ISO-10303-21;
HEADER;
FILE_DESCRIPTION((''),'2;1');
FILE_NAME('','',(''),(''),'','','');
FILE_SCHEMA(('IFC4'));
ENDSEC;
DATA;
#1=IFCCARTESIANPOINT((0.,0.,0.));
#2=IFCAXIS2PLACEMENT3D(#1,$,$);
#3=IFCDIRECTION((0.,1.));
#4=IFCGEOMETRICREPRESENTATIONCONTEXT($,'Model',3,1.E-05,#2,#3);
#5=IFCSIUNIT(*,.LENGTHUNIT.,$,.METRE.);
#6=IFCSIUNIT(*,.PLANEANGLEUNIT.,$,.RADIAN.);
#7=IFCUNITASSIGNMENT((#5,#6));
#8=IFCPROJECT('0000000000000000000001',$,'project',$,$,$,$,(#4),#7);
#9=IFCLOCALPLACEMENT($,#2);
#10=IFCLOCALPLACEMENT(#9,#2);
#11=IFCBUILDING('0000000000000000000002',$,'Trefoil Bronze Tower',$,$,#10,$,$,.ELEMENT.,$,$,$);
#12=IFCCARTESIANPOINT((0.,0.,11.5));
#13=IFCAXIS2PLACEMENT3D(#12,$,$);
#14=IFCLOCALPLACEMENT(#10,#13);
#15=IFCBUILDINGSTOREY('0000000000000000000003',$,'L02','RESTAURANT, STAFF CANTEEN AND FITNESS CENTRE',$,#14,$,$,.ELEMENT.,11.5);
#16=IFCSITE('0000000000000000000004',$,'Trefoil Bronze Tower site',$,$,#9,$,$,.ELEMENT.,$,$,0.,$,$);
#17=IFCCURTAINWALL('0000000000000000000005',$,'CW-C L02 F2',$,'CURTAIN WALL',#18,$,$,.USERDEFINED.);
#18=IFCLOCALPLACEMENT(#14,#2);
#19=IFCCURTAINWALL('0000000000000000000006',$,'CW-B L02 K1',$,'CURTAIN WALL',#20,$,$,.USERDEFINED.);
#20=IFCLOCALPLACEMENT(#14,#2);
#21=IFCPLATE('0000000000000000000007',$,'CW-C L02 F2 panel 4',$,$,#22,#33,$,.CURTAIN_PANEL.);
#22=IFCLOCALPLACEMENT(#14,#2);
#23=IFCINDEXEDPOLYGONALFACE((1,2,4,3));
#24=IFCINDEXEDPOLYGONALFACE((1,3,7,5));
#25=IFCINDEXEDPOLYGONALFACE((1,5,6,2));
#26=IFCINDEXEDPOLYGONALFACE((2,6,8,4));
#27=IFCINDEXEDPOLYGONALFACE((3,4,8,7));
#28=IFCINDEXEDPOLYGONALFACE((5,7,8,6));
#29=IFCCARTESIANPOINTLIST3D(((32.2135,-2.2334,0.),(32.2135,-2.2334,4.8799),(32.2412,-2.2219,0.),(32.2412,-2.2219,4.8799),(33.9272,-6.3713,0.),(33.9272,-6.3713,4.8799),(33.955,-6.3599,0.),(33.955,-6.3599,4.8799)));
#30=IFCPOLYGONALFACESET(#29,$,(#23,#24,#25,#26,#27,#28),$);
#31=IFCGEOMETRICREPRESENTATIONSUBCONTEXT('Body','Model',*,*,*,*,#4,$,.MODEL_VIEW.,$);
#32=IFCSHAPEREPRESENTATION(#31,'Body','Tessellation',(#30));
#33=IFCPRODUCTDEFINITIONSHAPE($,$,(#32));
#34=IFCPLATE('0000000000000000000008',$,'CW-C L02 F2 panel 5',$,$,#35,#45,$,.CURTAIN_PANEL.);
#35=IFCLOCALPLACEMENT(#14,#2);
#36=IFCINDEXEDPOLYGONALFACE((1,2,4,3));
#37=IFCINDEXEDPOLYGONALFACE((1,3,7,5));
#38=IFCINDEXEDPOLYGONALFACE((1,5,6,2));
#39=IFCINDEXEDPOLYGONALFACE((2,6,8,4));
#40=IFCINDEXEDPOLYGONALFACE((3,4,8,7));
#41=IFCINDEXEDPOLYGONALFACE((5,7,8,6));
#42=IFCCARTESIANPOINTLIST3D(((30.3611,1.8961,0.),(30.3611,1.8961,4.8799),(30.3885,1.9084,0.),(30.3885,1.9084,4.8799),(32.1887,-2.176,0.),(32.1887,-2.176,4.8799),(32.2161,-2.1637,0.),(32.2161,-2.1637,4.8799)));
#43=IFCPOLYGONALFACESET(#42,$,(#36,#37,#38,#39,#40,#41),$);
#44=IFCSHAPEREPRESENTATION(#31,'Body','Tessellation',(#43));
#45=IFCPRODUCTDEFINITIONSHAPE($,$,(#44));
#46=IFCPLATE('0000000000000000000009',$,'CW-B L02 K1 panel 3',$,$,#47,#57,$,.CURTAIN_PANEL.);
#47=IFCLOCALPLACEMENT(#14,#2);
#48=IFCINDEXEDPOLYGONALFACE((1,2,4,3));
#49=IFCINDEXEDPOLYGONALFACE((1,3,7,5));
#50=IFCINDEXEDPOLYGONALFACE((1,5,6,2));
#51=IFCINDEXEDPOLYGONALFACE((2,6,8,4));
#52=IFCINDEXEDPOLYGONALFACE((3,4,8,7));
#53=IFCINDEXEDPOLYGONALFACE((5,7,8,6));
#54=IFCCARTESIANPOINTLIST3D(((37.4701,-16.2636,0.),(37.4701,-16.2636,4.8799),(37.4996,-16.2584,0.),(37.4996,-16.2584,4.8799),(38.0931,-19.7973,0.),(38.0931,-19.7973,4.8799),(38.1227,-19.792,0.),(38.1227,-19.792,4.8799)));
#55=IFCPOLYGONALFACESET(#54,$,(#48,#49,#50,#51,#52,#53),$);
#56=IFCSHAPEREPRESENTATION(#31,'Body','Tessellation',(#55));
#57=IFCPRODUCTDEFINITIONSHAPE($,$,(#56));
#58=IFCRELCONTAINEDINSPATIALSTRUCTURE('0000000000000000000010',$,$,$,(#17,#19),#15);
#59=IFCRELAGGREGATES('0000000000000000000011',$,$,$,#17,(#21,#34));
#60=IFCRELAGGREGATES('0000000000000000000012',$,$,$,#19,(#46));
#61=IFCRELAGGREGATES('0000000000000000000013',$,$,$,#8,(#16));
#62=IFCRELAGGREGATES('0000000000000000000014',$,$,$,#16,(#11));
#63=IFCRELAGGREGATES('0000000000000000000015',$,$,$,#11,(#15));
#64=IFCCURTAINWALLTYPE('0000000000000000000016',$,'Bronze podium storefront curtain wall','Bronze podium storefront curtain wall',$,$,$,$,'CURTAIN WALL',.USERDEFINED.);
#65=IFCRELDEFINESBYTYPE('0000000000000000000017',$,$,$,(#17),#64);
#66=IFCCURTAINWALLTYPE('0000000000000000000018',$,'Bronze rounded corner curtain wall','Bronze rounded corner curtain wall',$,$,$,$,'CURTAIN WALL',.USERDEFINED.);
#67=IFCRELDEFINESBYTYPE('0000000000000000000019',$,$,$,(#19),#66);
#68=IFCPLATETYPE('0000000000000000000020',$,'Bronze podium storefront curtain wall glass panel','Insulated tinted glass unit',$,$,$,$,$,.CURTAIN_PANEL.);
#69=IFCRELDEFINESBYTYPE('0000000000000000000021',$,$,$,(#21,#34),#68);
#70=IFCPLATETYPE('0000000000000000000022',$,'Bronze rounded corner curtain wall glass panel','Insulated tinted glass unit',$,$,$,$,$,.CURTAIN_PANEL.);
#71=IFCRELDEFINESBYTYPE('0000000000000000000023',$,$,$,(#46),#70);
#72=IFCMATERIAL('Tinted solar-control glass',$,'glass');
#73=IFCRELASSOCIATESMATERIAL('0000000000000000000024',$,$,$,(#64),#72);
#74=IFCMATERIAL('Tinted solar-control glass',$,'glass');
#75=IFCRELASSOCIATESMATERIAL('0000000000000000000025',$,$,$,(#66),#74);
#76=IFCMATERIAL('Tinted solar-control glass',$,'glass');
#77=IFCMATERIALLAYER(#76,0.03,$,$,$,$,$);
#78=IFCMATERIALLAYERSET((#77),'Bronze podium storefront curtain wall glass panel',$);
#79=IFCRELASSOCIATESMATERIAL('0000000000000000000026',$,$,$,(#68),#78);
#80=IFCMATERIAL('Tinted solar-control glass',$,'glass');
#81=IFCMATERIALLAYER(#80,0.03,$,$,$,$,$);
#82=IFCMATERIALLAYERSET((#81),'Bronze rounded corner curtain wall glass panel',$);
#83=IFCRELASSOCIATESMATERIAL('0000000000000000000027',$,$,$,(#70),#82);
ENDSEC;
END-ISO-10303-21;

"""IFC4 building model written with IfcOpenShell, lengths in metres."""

from ifc_helpers import new_model, si_unit, direction, frame, origin, origin_2d, place, context, subcontext, project, spatial, rectangle, extrude, material, layer, layer_set, type_object, element, aggregate, save


model = new_model("IFC4")

# Units and contexts
model_context = context("Model", 3, precision=1e-05, world=origin(), true_north=direction((0.0, 1.0)))
body_context = subcontext(model_context, "Body", "Model", "MODEL_VIEW")
ifc_project = project(units=[si_unit("LENGTHUNIT", "METRE"), si_unit("PLANEANGLEUNIT", "RADIAN")], contexts=[model_context])

# Site, building, storey
site_placement = place(None, origin())
site = spatial("IfcSite", under=ifc_project, at=site_placement, Name="Trefoil Bronze Tower site", CompositionType="ELEMENT", RefElevation=0.0)
building_placement = place(site_placement, origin())
building = spatial("IfcBuilding", under=site, at=building_placement, Name="Trefoil Bronze Tower", CompositionType="ELEMENT")
storey_placement = place(building_placement, frame((0.0, 0.0, 11.5)))
storey = spatial("IfcBuildingStorey", under=building, at=storey_placement, Name="L02", Description="RESTAURANT, STAFF CANTEEN AND FITNESS CENTRE", CompositionType="ELEMENT", Elevation=11.5)

# Curtain wall
ifc_material_1 = material(Name="Tinted solar-control glass", Category="glass")
curtain_wall_type_1 = type_object("IfcCurtainWallType", Name="Bronze podium storefront curtain wall", Description="Bronze podium storefront curtain wall", ElementType="CURTAIN WALL", PredefinedType="USERDEFINED", material=ifc_material_1)
curtain_wall_1_placement = place(storey_placement, origin())
curtain_wall_1 = element("IfcCurtainWall", 1, at=curtain_wall_1_placement, inside=storey, type_object=curtain_wall_type_1, Name="CW-C L02 F2", ObjectType="CURTAIN WALL", PredefinedType="USERDEFINED")

# Curtain wall
ifc_material_2 = material(Name="Tinted solar-control glass", Category="glass")
curtain_wall_type_2 = type_object("IfcCurtainWallType", Name="Bronze rounded corner curtain wall", Description="Bronze rounded corner curtain wall", ElementType="CURTAIN WALL", PredefinedType="USERDEFINED", material=ifc_material_2)
curtain_wall_2_placement = place(storey_placement, origin())
curtain_wall_2 = element("IfcCurtainWall", 2, at=curtain_wall_2_placement, inside=storey, type_object=curtain_wall_type_2, Name="CW-B L02 K1", ObjectType="CURTAIN WALL", PredefinedType="USERDEFINED")

# Plates
ifc_material_3 = material(Name="Tinted solar-control glass", Category="glass")
ifc_layer_1 = layer(ifc_material_3, 0.03)
ifc_layer_set_1 = layer_set([ifc_layer_1], Name="Bronze podium storefront curtain wall glass panel")
plate_type_1 = type_object("IfcPlateType", Name="Bronze podium storefront curtain wall glass panel", Description="Insulated tinted glass unit", PredefinedType="CURTAIN_PANEL", material=ifc_layer_set_1)
plate_1_placement = place(storey_placement, frame((33.0842, -4.2966, 0.0), z_axis=(0.0, 0.0, 1.0), x_axis=(-0.38263, 0.923902, 0.0)))
plate_1 = element("IfcPlate", 3, at=plate_1_placement, type_object=plate_type_1, Name="CW-C L02 F2 panel 4", PredefinedType="CURTAIN_PANEL", context=body_context, shape_type="SweptSolid", body=[
    extrude(rectangle(XDim=4.4788, YDim=0.03, at=origin_2d()), origin(), (0.0, 0.0, 1.0), 4.8799),
])
plate_2_placement = place(storey_placement, frame((31.2886, -0.1338, 0.0), z_axis=(0.0, 0.0, 1.0), x_axis=(-0.409456, 0.91233, 0.0)))
plate_2 = element("IfcPlate", 4, at=plate_2_placement, type_object=plate_type_1, Name="CW-C L02 F2 panel 5", PredefinedType="CURTAIN_PANEL", context=body_context, shape_type="SweptSolid", body=[
    extrude(rectangle(XDim=4.4634, YDim=0.03, at=origin_2d()), origin(), (0.0, 0.0, 1.0), 4.8799),
])
aggregate(curtain_wall_1, [plate_1, plate_2])
ifc_material_4 = material(Name="Tinted solar-control glass", Category="glass")
ifc_layer_2 = layer(ifc_material_4, 0.03)
ifc_layer_set_2 = layer_set([ifc_layer_2], Name="Bronze rounded corner curtain wall glass panel")
plate_type_2 = type_object("IfcPlateType", Name="Bronze rounded corner curtain wall glass panel", Description="Insulated tinted glass unit", PredefinedType="CURTAIN_PANEL", material=ifc_layer_set_2)
plate_3_placement = place(storey_placement, frame((37.7964, -18.0278, 0.0), z_axis=(0.0, 0.0, 1.0), x_axis=(-0.173648, 0.984808, 0.0)))
plate_3 = element("IfcPlate", 5, at=plate_3_placement, type_object=plate_type_2, Name="CW-B L02 K1 panel 3", PredefinedType="CURTAIN_PANEL", context=body_context, shape_type="SweptSolid", body=[
    extrude(rectangle(XDim=3.5881, YDim=0.03, at=origin_2d()), origin(), (0.0, 0.0, 1.0), 4.8799),
])
aggregate(curtain_wall_2, [plate_3])

save(model, "model.ifc")
